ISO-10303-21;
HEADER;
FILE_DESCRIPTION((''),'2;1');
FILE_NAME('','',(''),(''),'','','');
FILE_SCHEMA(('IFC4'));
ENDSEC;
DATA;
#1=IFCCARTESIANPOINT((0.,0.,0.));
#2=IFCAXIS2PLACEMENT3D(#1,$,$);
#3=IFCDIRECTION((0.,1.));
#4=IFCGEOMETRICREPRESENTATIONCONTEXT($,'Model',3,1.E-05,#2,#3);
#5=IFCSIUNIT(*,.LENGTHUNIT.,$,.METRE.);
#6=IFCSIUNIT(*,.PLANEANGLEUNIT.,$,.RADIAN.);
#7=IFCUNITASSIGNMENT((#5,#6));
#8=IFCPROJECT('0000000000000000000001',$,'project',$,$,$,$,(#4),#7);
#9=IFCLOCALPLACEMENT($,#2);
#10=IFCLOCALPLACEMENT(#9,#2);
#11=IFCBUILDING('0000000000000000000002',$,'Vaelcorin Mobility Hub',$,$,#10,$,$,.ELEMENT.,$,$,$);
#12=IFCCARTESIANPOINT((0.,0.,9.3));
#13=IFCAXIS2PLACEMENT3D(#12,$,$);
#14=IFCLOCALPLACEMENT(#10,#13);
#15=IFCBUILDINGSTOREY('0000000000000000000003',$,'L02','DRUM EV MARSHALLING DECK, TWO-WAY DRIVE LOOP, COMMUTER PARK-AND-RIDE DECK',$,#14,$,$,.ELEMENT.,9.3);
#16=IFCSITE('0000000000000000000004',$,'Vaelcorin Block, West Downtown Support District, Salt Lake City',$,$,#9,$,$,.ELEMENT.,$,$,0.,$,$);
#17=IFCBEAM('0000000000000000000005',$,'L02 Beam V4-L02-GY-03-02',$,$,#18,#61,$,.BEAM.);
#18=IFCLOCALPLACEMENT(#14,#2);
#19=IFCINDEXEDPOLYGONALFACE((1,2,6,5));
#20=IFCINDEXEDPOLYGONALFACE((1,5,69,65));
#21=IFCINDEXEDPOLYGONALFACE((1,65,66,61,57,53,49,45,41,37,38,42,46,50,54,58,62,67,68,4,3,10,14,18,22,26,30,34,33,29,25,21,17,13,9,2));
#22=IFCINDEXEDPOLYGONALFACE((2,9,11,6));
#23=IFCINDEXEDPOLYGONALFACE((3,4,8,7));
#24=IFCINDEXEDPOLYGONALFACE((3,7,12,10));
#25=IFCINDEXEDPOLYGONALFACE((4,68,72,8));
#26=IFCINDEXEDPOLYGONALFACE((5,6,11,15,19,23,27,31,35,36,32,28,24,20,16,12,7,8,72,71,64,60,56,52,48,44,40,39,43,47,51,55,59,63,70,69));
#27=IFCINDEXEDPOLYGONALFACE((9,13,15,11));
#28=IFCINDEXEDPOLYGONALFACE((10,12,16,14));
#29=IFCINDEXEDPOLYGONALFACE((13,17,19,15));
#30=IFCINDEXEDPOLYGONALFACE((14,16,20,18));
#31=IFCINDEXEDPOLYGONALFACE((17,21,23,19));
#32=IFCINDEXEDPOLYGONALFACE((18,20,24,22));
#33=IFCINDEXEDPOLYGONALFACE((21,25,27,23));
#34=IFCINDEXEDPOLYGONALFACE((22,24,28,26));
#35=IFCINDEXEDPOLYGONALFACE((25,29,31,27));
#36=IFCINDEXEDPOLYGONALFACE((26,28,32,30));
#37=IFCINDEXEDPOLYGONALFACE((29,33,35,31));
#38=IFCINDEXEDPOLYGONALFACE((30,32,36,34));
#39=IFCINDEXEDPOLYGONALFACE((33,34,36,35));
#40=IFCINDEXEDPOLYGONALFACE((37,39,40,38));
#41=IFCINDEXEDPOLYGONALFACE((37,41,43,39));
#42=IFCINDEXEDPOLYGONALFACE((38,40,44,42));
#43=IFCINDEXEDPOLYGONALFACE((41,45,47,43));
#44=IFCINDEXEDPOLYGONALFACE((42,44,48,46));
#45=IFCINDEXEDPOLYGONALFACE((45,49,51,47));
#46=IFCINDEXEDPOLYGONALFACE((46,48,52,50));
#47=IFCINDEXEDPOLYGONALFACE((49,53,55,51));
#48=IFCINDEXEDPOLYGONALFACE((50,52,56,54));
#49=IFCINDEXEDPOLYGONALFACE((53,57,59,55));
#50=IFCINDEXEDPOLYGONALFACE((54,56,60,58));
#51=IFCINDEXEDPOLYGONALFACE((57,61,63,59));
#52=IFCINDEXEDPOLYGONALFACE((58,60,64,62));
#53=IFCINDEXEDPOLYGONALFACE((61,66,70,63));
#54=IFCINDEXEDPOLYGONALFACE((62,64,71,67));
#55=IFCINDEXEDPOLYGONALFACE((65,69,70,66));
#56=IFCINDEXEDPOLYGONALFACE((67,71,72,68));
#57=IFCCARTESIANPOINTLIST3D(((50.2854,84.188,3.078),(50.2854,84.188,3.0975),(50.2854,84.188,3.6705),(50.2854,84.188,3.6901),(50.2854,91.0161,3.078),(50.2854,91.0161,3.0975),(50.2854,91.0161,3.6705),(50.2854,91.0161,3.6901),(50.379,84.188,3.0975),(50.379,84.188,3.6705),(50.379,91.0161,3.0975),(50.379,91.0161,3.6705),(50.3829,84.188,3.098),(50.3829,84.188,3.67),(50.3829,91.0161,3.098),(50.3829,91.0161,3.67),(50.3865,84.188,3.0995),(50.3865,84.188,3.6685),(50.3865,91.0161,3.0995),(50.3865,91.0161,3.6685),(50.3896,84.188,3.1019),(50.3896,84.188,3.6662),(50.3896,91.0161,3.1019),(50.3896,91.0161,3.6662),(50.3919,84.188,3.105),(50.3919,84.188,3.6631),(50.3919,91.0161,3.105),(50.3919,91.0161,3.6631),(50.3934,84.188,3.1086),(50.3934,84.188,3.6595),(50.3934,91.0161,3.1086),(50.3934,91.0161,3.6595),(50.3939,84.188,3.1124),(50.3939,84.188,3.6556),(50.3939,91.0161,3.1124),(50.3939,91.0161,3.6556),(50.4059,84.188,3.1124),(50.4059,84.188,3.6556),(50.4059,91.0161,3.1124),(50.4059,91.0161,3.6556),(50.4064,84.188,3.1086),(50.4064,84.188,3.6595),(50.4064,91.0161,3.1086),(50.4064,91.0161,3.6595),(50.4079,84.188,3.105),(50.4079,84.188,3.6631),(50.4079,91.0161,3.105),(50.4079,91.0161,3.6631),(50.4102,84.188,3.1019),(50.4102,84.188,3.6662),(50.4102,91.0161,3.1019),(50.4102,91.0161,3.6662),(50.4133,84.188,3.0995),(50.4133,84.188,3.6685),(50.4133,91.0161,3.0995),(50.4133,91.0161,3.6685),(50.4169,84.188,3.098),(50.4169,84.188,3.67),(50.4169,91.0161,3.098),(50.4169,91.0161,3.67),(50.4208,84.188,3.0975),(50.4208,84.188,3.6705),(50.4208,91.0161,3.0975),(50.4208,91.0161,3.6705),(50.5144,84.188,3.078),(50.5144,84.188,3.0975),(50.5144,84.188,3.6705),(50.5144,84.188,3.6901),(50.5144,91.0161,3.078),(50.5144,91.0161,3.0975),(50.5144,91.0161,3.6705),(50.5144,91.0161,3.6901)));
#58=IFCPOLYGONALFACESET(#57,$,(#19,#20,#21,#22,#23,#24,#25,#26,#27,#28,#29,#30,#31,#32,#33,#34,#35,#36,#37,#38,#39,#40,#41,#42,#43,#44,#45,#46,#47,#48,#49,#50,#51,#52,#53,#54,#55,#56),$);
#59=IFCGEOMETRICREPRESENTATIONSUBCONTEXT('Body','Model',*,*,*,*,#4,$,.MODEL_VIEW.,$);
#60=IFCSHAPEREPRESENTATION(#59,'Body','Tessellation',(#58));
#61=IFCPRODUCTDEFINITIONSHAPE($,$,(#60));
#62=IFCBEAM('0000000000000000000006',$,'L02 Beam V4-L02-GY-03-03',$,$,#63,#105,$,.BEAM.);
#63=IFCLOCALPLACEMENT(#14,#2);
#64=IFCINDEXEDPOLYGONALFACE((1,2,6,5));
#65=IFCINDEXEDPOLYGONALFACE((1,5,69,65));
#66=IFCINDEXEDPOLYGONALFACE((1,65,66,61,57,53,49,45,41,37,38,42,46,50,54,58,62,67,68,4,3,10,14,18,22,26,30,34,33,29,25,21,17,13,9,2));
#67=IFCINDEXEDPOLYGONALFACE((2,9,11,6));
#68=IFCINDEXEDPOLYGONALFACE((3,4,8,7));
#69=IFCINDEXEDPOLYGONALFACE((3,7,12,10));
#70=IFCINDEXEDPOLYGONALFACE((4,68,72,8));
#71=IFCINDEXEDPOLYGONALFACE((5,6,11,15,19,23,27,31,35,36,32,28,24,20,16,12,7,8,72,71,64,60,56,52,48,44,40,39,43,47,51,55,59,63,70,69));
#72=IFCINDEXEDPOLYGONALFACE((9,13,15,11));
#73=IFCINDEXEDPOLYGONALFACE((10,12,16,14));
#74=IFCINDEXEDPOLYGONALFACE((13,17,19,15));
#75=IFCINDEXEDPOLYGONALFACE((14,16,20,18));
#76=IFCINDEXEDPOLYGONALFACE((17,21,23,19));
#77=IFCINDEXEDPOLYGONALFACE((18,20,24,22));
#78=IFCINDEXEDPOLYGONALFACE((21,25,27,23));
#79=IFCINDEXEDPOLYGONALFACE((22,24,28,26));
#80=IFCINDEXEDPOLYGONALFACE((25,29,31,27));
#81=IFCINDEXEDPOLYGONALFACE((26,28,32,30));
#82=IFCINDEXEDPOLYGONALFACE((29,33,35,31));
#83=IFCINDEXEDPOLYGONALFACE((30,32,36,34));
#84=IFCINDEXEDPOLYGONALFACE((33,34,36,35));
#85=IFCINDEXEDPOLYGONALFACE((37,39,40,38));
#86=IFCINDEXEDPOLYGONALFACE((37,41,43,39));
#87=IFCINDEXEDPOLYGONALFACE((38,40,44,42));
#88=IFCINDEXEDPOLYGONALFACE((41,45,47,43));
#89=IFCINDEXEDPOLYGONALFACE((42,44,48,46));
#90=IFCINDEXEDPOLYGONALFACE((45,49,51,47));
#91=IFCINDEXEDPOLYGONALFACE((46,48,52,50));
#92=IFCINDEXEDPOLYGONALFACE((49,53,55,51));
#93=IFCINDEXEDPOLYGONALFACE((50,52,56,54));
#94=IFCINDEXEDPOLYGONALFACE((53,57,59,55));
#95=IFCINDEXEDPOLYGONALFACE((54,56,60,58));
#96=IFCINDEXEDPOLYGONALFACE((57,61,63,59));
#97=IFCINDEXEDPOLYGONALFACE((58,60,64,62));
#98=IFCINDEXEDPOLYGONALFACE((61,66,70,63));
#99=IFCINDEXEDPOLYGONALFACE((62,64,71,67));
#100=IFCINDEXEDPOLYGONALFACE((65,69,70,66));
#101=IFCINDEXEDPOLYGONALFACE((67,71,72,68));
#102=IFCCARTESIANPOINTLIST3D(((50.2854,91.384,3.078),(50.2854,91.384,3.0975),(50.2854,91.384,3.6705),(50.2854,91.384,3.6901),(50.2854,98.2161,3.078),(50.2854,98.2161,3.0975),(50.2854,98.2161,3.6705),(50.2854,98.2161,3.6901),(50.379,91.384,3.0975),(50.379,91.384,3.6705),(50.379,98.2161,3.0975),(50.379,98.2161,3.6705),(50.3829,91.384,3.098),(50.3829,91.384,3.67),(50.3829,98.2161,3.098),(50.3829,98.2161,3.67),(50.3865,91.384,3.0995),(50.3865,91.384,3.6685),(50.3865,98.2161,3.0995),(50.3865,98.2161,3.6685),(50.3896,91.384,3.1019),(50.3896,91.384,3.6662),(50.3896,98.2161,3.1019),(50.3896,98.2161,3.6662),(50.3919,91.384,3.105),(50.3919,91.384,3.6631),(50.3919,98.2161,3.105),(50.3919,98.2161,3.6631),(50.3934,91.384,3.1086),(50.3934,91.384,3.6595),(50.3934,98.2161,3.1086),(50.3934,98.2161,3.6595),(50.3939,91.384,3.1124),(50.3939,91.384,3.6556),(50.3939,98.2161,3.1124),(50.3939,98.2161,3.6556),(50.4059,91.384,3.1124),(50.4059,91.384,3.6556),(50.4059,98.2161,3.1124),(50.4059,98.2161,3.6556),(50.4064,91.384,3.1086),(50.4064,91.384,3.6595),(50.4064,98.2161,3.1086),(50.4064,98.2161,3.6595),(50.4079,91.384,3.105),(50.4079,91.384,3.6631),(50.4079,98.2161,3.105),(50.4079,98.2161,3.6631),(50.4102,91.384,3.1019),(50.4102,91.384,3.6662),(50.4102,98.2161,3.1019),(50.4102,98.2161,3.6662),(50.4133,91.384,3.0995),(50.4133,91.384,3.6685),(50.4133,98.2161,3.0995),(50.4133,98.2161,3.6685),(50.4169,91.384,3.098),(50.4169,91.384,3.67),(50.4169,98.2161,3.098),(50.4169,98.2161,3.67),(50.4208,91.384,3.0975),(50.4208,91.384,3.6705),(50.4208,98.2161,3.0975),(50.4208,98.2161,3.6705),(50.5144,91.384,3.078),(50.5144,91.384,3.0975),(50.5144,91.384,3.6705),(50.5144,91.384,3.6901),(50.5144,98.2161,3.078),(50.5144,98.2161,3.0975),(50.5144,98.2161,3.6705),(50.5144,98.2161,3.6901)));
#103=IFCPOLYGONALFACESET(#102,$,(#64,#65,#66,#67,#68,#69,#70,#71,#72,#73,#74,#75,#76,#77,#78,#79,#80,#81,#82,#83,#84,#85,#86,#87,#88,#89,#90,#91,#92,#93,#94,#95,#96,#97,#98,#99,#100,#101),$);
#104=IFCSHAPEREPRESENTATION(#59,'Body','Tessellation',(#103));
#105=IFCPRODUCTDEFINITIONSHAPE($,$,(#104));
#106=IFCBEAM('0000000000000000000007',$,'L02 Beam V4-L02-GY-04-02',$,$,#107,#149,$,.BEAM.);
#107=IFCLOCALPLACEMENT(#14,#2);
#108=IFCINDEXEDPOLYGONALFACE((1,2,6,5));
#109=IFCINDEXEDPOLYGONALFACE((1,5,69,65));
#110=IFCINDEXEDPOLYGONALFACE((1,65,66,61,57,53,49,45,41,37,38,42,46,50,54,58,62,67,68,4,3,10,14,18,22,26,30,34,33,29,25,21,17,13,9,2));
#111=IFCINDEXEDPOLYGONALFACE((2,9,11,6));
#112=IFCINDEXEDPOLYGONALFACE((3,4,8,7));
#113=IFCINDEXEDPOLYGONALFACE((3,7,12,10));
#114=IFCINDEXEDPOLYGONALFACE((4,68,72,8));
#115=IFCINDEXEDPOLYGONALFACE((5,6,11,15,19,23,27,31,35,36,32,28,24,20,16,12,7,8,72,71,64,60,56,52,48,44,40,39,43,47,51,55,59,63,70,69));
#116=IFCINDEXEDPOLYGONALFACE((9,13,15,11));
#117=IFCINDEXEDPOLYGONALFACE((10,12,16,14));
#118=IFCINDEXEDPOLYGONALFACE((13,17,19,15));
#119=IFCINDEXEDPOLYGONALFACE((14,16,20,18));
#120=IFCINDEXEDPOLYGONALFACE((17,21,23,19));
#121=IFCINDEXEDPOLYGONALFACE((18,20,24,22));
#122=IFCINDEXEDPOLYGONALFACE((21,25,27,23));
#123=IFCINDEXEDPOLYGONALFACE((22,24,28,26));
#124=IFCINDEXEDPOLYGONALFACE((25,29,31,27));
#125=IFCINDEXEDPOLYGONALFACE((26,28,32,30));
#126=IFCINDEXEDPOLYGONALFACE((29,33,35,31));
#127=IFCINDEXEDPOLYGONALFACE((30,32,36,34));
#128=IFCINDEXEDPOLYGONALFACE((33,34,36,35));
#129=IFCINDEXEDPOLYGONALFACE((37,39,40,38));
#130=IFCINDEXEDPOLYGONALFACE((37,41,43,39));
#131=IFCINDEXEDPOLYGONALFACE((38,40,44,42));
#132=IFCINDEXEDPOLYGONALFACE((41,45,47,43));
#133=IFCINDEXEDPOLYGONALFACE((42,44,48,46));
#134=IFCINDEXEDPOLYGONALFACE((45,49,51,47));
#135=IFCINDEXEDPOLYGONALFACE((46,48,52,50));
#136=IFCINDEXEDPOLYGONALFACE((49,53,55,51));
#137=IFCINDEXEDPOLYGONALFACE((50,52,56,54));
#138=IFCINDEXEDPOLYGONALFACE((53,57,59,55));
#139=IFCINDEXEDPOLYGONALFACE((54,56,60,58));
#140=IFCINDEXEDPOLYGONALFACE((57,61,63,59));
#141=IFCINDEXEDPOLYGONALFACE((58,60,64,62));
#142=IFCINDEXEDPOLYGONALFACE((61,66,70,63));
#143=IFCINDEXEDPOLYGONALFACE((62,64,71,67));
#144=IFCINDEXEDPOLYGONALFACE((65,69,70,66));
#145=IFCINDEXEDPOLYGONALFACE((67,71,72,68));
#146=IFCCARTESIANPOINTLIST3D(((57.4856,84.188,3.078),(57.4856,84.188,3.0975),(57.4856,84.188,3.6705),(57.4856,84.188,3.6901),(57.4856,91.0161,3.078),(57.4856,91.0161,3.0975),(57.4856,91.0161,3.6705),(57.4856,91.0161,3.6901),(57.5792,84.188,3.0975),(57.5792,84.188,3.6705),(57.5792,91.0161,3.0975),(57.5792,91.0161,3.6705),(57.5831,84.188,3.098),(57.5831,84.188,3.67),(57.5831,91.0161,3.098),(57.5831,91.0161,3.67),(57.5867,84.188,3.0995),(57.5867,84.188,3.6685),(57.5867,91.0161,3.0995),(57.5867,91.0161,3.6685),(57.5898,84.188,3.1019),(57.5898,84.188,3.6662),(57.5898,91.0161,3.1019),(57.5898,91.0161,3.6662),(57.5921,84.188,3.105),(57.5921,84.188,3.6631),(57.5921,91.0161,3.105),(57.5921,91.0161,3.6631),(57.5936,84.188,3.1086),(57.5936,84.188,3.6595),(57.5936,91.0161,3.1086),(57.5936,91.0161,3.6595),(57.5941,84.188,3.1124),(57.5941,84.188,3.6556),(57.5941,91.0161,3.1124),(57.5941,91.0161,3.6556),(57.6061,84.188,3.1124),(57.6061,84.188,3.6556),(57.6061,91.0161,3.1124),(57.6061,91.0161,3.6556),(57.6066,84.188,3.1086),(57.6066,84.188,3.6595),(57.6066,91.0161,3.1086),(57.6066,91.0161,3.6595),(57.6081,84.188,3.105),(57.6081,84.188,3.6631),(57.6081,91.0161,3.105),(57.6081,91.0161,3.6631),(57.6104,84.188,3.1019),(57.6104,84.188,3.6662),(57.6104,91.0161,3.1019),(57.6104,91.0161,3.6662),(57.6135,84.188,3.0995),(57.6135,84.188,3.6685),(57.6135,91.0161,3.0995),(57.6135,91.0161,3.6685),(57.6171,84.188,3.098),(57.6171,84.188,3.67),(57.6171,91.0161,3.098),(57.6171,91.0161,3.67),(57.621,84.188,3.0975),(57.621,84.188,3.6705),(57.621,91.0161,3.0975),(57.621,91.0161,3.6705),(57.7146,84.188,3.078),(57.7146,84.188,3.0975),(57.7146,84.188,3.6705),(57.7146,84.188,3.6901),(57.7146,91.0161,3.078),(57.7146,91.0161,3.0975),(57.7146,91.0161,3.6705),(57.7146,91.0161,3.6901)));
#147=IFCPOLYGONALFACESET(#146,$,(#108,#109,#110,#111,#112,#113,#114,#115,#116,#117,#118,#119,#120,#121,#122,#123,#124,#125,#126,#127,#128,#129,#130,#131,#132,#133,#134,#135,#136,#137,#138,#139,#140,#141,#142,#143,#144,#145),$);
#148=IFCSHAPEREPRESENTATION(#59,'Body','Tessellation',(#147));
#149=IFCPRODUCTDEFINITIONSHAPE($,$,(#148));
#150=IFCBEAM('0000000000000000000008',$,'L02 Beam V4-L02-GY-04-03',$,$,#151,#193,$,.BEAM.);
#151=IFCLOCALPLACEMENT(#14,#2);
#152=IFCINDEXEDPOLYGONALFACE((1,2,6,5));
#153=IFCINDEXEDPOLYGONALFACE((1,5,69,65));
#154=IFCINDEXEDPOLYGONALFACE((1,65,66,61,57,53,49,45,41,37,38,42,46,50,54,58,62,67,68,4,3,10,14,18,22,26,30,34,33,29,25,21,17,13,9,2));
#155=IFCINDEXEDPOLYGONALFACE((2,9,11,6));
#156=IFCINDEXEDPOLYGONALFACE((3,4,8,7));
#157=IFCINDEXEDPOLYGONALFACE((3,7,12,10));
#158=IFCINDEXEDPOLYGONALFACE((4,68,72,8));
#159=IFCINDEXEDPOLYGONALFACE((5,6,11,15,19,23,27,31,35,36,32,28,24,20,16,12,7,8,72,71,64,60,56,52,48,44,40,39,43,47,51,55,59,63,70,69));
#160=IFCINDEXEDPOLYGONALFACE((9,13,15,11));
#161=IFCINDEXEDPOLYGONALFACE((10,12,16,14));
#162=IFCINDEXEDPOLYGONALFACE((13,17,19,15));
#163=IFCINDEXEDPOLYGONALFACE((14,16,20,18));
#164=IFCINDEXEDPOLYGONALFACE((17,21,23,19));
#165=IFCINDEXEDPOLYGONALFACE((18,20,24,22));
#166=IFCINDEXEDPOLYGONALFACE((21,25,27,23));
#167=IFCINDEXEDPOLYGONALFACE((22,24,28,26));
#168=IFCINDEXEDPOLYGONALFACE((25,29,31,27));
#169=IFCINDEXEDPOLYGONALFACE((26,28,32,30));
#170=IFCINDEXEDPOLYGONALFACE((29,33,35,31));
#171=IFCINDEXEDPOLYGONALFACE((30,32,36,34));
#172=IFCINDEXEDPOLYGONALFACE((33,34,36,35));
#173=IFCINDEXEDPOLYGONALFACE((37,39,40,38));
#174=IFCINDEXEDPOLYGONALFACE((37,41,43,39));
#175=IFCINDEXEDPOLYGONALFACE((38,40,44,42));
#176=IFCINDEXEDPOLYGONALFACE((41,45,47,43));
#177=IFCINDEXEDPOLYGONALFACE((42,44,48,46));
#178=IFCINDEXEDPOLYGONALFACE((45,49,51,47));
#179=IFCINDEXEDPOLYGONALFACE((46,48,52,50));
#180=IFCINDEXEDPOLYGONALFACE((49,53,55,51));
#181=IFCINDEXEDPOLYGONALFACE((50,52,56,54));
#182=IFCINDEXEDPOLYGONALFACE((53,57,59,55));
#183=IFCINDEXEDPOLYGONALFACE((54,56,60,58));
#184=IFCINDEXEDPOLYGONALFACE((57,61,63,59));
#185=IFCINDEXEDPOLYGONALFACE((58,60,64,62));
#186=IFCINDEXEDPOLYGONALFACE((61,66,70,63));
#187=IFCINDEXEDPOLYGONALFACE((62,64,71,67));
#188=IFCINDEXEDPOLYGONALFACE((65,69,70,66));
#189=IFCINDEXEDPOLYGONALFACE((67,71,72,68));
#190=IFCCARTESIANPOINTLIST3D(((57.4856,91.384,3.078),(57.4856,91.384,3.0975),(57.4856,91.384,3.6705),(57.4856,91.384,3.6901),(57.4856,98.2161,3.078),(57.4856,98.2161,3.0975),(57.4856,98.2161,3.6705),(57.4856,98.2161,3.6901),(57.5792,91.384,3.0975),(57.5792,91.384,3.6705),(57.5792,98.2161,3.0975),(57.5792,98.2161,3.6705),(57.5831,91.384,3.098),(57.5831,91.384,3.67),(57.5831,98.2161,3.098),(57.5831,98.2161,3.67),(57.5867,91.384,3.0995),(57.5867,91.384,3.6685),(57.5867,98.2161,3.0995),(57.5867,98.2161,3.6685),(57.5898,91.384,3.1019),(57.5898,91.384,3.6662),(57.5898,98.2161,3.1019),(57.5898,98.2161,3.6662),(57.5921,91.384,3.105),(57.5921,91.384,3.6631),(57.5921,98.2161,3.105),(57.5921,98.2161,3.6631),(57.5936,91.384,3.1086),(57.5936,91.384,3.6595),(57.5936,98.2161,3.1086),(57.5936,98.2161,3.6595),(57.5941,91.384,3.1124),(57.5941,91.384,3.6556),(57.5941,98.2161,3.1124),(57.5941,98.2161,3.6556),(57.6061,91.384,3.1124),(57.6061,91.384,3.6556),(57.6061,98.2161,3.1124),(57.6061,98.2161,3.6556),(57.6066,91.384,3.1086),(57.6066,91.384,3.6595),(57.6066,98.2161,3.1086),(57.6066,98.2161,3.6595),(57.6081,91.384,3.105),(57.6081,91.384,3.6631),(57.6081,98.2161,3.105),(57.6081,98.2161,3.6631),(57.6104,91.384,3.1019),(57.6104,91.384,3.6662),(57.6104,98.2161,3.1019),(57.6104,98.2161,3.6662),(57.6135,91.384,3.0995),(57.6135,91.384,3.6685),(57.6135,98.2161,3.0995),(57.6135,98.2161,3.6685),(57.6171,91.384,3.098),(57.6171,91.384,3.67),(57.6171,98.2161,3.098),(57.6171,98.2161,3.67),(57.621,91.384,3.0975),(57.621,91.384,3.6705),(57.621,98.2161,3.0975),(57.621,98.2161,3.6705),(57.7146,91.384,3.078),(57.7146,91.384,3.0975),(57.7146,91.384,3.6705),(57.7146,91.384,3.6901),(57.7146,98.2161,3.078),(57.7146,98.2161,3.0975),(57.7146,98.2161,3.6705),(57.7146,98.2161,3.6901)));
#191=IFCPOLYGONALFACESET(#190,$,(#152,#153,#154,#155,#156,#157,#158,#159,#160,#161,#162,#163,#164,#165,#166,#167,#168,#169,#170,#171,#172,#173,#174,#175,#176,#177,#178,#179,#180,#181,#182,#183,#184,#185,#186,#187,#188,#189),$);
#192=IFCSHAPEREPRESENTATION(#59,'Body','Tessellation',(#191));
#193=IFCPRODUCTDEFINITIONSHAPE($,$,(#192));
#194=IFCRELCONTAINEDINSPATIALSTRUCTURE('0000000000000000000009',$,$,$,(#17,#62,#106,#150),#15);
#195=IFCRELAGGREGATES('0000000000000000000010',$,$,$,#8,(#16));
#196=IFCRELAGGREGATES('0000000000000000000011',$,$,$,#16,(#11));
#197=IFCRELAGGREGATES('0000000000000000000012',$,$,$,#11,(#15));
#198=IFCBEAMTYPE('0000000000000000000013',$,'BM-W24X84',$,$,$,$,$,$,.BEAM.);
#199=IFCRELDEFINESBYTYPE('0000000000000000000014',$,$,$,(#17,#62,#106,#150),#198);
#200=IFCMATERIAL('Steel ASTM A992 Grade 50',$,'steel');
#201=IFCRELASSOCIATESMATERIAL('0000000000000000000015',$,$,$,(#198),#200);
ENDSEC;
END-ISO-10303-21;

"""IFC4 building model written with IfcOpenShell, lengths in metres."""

from ifc_helpers import new_model, si_unit, direction, frame, origin, origin_2d, place, context, subcontext, project, spatial, i_section, extrude, material, material_profile, profile_set, type_object, element, save


model = new_model("IFC4")

# Units and contexts
model_context = context("Model", 3, precision=1e-05, world=origin(), true_north=direction((0.0, 1.0)))
body_context = subcontext(model_context, "Body", "Model", "MODEL_VIEW")
ifc_project = project(units=[si_unit("LENGTHUNIT", "METRE"), si_unit("PLANEANGLEUNIT", "RADIAN")], contexts=[model_context])

# Site, building, storey
site_placement = place(None, origin())
site = spatial("IfcSite", under=ifc_project, at=site_placement, Name="Vaelcorin Block, West Downtown Support District, Salt Lake City", CompositionType="ELEMENT", RefElevation=0.0)
building_placement = place(site_placement, origin())
building = spatial("IfcBuilding", under=site, at=building_placement, Name="Vaelcorin Mobility Hub", CompositionType="ELEMENT")
storey_placement = place(building_placement, frame((0.0, 0.0, 9.3)))
storey = spatial("IfcBuildingStorey", under=building, at=storey_placement, Name="L02", Description="DRUM EV MARSHALLING DECK, TWO-WAY DRIVE LOOP, COMMUTER PARK-AND-RIDE DECK", CompositionType="ELEMENT", Elevation=9.3)

# Shared definitions
ifc_material_1 = material(Name="Steel ASTM A992 Grade 50", Category="steel")

# Beams
ifc_material_profile_1 = material_profile(ifc_material_1, i_section(OverallWidth=0.229, OverallDepth=0.6121, WebThickness=0.012, FlangeThickness=0.0195, FilletRadius=0.0149, at=origin_2d()), Name="W24X84")
ifc_profile_set_1 = profile_set([ifc_material_profile_1], Name="Steel ASTM A992 Grade 50")
beam_type_1 = type_object("IfcBeamType", Name="BM-W24X84", PredefinedType="BEAM", material=ifc_profile_set_1)
beam_1_placement = place(storey_placement, frame((50.3999, 84.188, 3.384), z_axis=(0.0, 1.0, 0.0), x_axis=(-1.0, 0.0, 0.0)))
element("IfcBeam", 1, at=beam_1_placement, inside=storey, type_object=beam_type_1, Name="L02 Beam V4-L02-GY-03-02", PredefinedType="BEAM", context=body_context, shape_type="SweptSolid", body=[
    extrude(i_section(OverallWidth=0.229, OverallDepth=0.6121, WebThickness=0.012, FlangeThickness=0.0195, FilletRadius=0.0149, at=origin_2d()), origin(), (0.0, 0.0, 1.0), 6.8281),
])
beam_2_placement = place(storey_placement, frame((50.3999, 91.384, 3.384), z_axis=(0.0, 1.0, 0.0), x_axis=(-1.0, 0.0, 0.0)))
element("IfcBeam", 2, at=beam_2_placement, inside=storey, type_object=beam_type_1, Name="L02 Beam V4-L02-GY-03-03", PredefinedType="BEAM", context=body_context, shape_type="SweptSolid", body=[
    extrude(i_section(OverallWidth=0.229, OverallDepth=0.6121, WebThickness=0.012, FlangeThickness=0.0195, FilletRadius=0.0149, at=origin_2d()), origin(), (0.0, 0.0, 1.0), 6.832),
])
beam_3_placement = place(storey_placement, frame((57.6001, 84.188, 3.384), z_axis=(0.0, 1.0, 0.0), x_axis=(-1.0, 0.0, 0.0)))
element("IfcBeam", 3, at=beam_3_placement, inside=storey, type_object=beam_type_1, Name="L02 Beam V4-L02-GY-04-02", PredefinedType="BEAM", context=body_context, shape_type="SweptSolid", body=[
    extrude(i_section(OverallWidth=0.229, OverallDepth=0.6121, WebThickness=0.012, FlangeThickness=0.0195, FilletRadius=0.0149, at=origin_2d()), origin(), (0.0, 0.0, 1.0), 6.8281),
])
beam_4_placement = place(storey_placement, frame((57.6001, 91.384, 3.384), z_axis=(0.0, 1.0, 0.0), x_axis=(-1.0, 0.0, 0.0)))
element("IfcBeam", 4, at=beam_4_placement, inside=storey, type_object=beam_type_1, Name="L02 Beam V4-L02-GY-04-03", PredefinedType="BEAM", context=body_context, shape_type="SweptSolid", body=[
    extrude(i_section(OverallWidth=0.229, OverallDepth=0.6121, WebThickness=0.012, FlangeThickness=0.0195, FilletRadius=0.0149, at=origin_2d()), origin(), (0.0, 0.0, 1.0), 6.832),
])

save(model, "model.ifc")
